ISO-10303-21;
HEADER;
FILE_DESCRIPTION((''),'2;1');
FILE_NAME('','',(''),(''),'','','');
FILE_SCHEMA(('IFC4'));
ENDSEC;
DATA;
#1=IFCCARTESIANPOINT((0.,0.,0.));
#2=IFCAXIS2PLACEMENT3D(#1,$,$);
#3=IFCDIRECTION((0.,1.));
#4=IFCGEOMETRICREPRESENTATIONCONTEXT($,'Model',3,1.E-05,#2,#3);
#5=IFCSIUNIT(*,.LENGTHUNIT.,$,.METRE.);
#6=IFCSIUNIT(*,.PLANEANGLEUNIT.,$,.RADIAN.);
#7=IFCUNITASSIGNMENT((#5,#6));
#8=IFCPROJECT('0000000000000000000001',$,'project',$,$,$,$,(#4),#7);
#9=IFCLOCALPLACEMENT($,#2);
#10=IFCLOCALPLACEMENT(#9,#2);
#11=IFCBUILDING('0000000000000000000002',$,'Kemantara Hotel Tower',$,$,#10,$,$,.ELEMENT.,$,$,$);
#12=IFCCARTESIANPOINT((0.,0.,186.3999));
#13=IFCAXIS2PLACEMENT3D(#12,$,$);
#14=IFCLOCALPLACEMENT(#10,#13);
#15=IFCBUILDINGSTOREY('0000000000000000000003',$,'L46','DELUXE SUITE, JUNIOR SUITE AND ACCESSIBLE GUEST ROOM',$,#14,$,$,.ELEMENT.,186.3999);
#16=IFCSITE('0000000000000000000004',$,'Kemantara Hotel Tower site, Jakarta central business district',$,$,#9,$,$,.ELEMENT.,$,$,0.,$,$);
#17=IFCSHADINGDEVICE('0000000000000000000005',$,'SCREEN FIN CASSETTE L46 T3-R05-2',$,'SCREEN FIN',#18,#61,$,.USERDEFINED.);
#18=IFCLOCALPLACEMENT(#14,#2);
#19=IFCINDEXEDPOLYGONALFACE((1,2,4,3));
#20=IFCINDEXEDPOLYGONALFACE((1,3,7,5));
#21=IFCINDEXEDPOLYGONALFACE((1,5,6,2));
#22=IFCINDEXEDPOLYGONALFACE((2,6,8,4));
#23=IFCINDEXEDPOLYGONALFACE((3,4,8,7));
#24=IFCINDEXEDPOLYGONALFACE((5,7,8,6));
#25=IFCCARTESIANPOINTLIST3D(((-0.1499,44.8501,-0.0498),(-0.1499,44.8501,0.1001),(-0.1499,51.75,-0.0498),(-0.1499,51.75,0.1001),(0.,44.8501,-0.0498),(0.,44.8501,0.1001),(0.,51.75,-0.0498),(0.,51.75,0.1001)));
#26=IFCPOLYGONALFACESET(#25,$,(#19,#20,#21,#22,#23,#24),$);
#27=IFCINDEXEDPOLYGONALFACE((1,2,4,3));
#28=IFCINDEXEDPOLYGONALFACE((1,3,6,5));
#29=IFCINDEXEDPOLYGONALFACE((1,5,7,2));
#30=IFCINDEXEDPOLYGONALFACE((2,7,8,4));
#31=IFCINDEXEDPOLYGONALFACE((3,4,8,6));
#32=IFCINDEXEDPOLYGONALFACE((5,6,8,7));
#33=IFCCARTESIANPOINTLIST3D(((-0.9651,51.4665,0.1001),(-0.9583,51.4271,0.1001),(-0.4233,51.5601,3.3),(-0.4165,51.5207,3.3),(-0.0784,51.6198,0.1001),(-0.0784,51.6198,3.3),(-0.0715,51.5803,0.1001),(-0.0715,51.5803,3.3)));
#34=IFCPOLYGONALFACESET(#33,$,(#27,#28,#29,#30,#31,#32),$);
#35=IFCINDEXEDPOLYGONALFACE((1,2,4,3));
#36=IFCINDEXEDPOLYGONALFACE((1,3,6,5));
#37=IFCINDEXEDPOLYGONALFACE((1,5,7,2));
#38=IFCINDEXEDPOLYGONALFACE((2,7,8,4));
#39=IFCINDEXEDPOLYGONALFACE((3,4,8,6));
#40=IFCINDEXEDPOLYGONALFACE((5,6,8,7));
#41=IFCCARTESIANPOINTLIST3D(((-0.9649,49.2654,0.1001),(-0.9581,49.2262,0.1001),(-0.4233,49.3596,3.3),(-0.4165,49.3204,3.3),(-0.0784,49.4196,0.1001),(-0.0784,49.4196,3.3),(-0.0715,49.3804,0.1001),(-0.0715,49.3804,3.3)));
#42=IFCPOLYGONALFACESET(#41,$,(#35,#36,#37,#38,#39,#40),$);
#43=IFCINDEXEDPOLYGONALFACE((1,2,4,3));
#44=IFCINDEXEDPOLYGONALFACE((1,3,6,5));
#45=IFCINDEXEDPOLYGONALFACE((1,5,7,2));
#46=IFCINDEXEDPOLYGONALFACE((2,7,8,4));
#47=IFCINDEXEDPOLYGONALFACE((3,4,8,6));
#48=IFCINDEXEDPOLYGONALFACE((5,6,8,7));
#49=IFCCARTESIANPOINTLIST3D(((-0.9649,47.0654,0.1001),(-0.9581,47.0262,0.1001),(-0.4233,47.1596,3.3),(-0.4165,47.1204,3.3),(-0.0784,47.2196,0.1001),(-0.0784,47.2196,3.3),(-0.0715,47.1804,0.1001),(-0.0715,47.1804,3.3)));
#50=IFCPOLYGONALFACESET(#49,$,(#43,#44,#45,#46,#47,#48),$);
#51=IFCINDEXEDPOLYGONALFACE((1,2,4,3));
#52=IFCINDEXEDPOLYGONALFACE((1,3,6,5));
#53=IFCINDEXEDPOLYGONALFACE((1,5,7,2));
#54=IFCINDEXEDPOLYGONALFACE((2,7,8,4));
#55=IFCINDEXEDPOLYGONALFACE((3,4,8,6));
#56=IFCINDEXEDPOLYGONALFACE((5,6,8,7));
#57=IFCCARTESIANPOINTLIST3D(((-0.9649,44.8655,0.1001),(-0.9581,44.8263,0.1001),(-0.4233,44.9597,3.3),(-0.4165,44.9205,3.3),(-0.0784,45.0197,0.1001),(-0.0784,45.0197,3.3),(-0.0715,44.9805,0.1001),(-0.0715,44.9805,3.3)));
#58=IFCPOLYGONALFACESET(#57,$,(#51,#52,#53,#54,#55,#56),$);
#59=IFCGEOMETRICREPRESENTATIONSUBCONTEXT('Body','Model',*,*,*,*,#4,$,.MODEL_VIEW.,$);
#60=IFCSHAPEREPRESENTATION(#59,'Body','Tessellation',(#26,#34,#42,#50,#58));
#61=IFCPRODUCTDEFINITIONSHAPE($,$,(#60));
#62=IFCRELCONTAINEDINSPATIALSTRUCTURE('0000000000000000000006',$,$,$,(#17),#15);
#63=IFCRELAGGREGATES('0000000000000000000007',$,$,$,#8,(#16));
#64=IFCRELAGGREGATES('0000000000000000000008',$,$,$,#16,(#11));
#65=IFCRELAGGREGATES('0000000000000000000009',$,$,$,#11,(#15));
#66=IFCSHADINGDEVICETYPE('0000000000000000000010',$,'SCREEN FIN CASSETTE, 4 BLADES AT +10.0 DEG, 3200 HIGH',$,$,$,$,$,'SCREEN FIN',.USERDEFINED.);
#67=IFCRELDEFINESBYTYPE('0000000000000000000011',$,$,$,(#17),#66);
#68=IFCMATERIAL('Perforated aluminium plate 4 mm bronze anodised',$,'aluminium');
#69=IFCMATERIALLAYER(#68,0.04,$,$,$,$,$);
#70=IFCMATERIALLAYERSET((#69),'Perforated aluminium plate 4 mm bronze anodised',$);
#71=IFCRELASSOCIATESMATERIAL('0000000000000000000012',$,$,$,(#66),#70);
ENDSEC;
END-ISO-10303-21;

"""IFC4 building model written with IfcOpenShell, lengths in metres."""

from ifc_helpers import new_model, si_unit, direction, frame, origin, origin_2d, place, context, subcontext, project, spatial, polyline, rectangle, outline, extrude, source, transform, mapped, material, layer, layer_set, type_object, element, save


model = new_model("IFC4")

# Units and contexts
model_context = context("Model", 3, precision=1e-05, world=origin(), true_north=direction((0.0, 1.0)))
body_context = subcontext(model_context, "Body", "Model", "MODEL_VIEW")
ifc_project = project(units=[si_unit("LENGTHUNIT", "METRE"), si_unit("PLANEANGLEUNIT", "RADIAN")], contexts=[model_context])

# Site, building, storey
site_placement = place(None, origin())
site = spatial("IfcSite", under=ifc_project, at=site_placement, Name="Kemantara Hotel Tower site, Jakarta central business district", CompositionType="ELEMENT", RefElevation=0.0)
building_placement = place(site_placement, origin())
building = spatial("IfcBuilding", under=site, at=building_placement, Name="Kemantara Hotel Tower", CompositionType="ELEMENT")
storey_placement = place(building_placement, frame((0.0, 0.0, 186.3999)))
storey = spatial("IfcBuildingStorey", under=building, at=storey_placement, Name="L46", Description="DELUXE SUITE, JUNIOR SUITE AND ACCESSIBLE GUEST ROOM", CompositionType="ELEMENT", Elevation=186.3999)

# Shading device
ifc_material_1 = material(Name="Perforated aluminium plate 4 mm bronze anodised", Category="aluminium")
ifc_layer_1 = layer(ifc_material_1, 0.04)
ifc_layer_set_1 = layer_set([ifc_layer_1], Name="Perforated aluminium plate 4 mm bronze anodised")
shading_device_type = type_object("IfcShadingDeviceType", Name="SCREEN FIN CASSETTE, 4 BLADES AT +10.0 DEG, 3200 HIGH", ElementType="SCREEN FIN", PredefinedType="USERDEFINED", material=ifc_layer_set_1)
shared_shape_1 = source(origin(), body_context, "Body", "SweptSolid", [
    extrude(rectangle(XDim=6.8999, YDim=0.1499, at=origin_2d()), frame((3.3, -0.075, -0.1499), z_axis=(0.0, 0.0, 1.0), x_axis=(1.0, 0.0, 0.0)), (0.0, 0.0, 1.0), 0.1499),
    extrude(outline(polyline([(0.0, 0.0), (0.8999, 0.0), (0.3501, 3.2), (0.0, 3.2), (0.0, 0.0)])), frame((0.0198, -0.0715, 0.0), z_axis=(-0.98539, -0.170314, 0.0), x_axis=(0.170314, -0.98539, 0.0)), (0.0, 0.0, 1.0), 0.04),
    extrude(outline(polyline([(0.0, 0.0), (0.8999, 0.0), (0.3501, 3.2), (0.0, 3.2), (0.0, 0.0)])), frame((2.2197, -0.0715, 0.0), z_axis=(-0.985212, -0.171341, 0.0), x_axis=(0.171341, -0.985212, 0.0)), (0.0, 0.0, 1.0), 0.0398),
    extrude(outline(polyline([(0.0, 0.0), (0.8999, 0.0), (0.3501, 3.2), (0.0, 3.2), (0.0, 0.0)])), frame((4.4197, -0.0715, 0.0), z_axis=(-0.985212, -0.171341, 0.0), x_axis=(0.171341, -0.985212, 0.0)), (0.0, 0.0, 1.0), 0.0398),
    extrude(outline(polyline([(0.0, 0.0), (0.8999, 0.0), (0.3501, 3.2), (0.0, 3.2), (0.0, 0.0)])), frame((6.6196, -0.0715, 0.0), z_axis=(-0.985212, -0.171341, 0.0), x_axis=(0.171341, -0.985212, 0.0)), (0.0, 0.0, 1.0), 0.0398),
])
shading_device_placement = place(storey_placement, frame((0.0, 51.6001, 0.1001), z_axis=(0.0, 0.0, 1.0), x_axis=(0.0, -1.0, 0.0)))
element("IfcShadingDevice", 1, at=shading_device_placement, inside=storey, type_object=shading_device_type, Name="SCREEN FIN CASSETTE L46 T3-R05-2", ObjectType="SCREEN FIN", PredefinedType="USERDEFINED", context=body_context, shape_type="MappedRepresentation", body=[
    mapped(shared_shape_1, transform((0.0, 0.0, 0.0))),
])

save(model, "model.ifc")
